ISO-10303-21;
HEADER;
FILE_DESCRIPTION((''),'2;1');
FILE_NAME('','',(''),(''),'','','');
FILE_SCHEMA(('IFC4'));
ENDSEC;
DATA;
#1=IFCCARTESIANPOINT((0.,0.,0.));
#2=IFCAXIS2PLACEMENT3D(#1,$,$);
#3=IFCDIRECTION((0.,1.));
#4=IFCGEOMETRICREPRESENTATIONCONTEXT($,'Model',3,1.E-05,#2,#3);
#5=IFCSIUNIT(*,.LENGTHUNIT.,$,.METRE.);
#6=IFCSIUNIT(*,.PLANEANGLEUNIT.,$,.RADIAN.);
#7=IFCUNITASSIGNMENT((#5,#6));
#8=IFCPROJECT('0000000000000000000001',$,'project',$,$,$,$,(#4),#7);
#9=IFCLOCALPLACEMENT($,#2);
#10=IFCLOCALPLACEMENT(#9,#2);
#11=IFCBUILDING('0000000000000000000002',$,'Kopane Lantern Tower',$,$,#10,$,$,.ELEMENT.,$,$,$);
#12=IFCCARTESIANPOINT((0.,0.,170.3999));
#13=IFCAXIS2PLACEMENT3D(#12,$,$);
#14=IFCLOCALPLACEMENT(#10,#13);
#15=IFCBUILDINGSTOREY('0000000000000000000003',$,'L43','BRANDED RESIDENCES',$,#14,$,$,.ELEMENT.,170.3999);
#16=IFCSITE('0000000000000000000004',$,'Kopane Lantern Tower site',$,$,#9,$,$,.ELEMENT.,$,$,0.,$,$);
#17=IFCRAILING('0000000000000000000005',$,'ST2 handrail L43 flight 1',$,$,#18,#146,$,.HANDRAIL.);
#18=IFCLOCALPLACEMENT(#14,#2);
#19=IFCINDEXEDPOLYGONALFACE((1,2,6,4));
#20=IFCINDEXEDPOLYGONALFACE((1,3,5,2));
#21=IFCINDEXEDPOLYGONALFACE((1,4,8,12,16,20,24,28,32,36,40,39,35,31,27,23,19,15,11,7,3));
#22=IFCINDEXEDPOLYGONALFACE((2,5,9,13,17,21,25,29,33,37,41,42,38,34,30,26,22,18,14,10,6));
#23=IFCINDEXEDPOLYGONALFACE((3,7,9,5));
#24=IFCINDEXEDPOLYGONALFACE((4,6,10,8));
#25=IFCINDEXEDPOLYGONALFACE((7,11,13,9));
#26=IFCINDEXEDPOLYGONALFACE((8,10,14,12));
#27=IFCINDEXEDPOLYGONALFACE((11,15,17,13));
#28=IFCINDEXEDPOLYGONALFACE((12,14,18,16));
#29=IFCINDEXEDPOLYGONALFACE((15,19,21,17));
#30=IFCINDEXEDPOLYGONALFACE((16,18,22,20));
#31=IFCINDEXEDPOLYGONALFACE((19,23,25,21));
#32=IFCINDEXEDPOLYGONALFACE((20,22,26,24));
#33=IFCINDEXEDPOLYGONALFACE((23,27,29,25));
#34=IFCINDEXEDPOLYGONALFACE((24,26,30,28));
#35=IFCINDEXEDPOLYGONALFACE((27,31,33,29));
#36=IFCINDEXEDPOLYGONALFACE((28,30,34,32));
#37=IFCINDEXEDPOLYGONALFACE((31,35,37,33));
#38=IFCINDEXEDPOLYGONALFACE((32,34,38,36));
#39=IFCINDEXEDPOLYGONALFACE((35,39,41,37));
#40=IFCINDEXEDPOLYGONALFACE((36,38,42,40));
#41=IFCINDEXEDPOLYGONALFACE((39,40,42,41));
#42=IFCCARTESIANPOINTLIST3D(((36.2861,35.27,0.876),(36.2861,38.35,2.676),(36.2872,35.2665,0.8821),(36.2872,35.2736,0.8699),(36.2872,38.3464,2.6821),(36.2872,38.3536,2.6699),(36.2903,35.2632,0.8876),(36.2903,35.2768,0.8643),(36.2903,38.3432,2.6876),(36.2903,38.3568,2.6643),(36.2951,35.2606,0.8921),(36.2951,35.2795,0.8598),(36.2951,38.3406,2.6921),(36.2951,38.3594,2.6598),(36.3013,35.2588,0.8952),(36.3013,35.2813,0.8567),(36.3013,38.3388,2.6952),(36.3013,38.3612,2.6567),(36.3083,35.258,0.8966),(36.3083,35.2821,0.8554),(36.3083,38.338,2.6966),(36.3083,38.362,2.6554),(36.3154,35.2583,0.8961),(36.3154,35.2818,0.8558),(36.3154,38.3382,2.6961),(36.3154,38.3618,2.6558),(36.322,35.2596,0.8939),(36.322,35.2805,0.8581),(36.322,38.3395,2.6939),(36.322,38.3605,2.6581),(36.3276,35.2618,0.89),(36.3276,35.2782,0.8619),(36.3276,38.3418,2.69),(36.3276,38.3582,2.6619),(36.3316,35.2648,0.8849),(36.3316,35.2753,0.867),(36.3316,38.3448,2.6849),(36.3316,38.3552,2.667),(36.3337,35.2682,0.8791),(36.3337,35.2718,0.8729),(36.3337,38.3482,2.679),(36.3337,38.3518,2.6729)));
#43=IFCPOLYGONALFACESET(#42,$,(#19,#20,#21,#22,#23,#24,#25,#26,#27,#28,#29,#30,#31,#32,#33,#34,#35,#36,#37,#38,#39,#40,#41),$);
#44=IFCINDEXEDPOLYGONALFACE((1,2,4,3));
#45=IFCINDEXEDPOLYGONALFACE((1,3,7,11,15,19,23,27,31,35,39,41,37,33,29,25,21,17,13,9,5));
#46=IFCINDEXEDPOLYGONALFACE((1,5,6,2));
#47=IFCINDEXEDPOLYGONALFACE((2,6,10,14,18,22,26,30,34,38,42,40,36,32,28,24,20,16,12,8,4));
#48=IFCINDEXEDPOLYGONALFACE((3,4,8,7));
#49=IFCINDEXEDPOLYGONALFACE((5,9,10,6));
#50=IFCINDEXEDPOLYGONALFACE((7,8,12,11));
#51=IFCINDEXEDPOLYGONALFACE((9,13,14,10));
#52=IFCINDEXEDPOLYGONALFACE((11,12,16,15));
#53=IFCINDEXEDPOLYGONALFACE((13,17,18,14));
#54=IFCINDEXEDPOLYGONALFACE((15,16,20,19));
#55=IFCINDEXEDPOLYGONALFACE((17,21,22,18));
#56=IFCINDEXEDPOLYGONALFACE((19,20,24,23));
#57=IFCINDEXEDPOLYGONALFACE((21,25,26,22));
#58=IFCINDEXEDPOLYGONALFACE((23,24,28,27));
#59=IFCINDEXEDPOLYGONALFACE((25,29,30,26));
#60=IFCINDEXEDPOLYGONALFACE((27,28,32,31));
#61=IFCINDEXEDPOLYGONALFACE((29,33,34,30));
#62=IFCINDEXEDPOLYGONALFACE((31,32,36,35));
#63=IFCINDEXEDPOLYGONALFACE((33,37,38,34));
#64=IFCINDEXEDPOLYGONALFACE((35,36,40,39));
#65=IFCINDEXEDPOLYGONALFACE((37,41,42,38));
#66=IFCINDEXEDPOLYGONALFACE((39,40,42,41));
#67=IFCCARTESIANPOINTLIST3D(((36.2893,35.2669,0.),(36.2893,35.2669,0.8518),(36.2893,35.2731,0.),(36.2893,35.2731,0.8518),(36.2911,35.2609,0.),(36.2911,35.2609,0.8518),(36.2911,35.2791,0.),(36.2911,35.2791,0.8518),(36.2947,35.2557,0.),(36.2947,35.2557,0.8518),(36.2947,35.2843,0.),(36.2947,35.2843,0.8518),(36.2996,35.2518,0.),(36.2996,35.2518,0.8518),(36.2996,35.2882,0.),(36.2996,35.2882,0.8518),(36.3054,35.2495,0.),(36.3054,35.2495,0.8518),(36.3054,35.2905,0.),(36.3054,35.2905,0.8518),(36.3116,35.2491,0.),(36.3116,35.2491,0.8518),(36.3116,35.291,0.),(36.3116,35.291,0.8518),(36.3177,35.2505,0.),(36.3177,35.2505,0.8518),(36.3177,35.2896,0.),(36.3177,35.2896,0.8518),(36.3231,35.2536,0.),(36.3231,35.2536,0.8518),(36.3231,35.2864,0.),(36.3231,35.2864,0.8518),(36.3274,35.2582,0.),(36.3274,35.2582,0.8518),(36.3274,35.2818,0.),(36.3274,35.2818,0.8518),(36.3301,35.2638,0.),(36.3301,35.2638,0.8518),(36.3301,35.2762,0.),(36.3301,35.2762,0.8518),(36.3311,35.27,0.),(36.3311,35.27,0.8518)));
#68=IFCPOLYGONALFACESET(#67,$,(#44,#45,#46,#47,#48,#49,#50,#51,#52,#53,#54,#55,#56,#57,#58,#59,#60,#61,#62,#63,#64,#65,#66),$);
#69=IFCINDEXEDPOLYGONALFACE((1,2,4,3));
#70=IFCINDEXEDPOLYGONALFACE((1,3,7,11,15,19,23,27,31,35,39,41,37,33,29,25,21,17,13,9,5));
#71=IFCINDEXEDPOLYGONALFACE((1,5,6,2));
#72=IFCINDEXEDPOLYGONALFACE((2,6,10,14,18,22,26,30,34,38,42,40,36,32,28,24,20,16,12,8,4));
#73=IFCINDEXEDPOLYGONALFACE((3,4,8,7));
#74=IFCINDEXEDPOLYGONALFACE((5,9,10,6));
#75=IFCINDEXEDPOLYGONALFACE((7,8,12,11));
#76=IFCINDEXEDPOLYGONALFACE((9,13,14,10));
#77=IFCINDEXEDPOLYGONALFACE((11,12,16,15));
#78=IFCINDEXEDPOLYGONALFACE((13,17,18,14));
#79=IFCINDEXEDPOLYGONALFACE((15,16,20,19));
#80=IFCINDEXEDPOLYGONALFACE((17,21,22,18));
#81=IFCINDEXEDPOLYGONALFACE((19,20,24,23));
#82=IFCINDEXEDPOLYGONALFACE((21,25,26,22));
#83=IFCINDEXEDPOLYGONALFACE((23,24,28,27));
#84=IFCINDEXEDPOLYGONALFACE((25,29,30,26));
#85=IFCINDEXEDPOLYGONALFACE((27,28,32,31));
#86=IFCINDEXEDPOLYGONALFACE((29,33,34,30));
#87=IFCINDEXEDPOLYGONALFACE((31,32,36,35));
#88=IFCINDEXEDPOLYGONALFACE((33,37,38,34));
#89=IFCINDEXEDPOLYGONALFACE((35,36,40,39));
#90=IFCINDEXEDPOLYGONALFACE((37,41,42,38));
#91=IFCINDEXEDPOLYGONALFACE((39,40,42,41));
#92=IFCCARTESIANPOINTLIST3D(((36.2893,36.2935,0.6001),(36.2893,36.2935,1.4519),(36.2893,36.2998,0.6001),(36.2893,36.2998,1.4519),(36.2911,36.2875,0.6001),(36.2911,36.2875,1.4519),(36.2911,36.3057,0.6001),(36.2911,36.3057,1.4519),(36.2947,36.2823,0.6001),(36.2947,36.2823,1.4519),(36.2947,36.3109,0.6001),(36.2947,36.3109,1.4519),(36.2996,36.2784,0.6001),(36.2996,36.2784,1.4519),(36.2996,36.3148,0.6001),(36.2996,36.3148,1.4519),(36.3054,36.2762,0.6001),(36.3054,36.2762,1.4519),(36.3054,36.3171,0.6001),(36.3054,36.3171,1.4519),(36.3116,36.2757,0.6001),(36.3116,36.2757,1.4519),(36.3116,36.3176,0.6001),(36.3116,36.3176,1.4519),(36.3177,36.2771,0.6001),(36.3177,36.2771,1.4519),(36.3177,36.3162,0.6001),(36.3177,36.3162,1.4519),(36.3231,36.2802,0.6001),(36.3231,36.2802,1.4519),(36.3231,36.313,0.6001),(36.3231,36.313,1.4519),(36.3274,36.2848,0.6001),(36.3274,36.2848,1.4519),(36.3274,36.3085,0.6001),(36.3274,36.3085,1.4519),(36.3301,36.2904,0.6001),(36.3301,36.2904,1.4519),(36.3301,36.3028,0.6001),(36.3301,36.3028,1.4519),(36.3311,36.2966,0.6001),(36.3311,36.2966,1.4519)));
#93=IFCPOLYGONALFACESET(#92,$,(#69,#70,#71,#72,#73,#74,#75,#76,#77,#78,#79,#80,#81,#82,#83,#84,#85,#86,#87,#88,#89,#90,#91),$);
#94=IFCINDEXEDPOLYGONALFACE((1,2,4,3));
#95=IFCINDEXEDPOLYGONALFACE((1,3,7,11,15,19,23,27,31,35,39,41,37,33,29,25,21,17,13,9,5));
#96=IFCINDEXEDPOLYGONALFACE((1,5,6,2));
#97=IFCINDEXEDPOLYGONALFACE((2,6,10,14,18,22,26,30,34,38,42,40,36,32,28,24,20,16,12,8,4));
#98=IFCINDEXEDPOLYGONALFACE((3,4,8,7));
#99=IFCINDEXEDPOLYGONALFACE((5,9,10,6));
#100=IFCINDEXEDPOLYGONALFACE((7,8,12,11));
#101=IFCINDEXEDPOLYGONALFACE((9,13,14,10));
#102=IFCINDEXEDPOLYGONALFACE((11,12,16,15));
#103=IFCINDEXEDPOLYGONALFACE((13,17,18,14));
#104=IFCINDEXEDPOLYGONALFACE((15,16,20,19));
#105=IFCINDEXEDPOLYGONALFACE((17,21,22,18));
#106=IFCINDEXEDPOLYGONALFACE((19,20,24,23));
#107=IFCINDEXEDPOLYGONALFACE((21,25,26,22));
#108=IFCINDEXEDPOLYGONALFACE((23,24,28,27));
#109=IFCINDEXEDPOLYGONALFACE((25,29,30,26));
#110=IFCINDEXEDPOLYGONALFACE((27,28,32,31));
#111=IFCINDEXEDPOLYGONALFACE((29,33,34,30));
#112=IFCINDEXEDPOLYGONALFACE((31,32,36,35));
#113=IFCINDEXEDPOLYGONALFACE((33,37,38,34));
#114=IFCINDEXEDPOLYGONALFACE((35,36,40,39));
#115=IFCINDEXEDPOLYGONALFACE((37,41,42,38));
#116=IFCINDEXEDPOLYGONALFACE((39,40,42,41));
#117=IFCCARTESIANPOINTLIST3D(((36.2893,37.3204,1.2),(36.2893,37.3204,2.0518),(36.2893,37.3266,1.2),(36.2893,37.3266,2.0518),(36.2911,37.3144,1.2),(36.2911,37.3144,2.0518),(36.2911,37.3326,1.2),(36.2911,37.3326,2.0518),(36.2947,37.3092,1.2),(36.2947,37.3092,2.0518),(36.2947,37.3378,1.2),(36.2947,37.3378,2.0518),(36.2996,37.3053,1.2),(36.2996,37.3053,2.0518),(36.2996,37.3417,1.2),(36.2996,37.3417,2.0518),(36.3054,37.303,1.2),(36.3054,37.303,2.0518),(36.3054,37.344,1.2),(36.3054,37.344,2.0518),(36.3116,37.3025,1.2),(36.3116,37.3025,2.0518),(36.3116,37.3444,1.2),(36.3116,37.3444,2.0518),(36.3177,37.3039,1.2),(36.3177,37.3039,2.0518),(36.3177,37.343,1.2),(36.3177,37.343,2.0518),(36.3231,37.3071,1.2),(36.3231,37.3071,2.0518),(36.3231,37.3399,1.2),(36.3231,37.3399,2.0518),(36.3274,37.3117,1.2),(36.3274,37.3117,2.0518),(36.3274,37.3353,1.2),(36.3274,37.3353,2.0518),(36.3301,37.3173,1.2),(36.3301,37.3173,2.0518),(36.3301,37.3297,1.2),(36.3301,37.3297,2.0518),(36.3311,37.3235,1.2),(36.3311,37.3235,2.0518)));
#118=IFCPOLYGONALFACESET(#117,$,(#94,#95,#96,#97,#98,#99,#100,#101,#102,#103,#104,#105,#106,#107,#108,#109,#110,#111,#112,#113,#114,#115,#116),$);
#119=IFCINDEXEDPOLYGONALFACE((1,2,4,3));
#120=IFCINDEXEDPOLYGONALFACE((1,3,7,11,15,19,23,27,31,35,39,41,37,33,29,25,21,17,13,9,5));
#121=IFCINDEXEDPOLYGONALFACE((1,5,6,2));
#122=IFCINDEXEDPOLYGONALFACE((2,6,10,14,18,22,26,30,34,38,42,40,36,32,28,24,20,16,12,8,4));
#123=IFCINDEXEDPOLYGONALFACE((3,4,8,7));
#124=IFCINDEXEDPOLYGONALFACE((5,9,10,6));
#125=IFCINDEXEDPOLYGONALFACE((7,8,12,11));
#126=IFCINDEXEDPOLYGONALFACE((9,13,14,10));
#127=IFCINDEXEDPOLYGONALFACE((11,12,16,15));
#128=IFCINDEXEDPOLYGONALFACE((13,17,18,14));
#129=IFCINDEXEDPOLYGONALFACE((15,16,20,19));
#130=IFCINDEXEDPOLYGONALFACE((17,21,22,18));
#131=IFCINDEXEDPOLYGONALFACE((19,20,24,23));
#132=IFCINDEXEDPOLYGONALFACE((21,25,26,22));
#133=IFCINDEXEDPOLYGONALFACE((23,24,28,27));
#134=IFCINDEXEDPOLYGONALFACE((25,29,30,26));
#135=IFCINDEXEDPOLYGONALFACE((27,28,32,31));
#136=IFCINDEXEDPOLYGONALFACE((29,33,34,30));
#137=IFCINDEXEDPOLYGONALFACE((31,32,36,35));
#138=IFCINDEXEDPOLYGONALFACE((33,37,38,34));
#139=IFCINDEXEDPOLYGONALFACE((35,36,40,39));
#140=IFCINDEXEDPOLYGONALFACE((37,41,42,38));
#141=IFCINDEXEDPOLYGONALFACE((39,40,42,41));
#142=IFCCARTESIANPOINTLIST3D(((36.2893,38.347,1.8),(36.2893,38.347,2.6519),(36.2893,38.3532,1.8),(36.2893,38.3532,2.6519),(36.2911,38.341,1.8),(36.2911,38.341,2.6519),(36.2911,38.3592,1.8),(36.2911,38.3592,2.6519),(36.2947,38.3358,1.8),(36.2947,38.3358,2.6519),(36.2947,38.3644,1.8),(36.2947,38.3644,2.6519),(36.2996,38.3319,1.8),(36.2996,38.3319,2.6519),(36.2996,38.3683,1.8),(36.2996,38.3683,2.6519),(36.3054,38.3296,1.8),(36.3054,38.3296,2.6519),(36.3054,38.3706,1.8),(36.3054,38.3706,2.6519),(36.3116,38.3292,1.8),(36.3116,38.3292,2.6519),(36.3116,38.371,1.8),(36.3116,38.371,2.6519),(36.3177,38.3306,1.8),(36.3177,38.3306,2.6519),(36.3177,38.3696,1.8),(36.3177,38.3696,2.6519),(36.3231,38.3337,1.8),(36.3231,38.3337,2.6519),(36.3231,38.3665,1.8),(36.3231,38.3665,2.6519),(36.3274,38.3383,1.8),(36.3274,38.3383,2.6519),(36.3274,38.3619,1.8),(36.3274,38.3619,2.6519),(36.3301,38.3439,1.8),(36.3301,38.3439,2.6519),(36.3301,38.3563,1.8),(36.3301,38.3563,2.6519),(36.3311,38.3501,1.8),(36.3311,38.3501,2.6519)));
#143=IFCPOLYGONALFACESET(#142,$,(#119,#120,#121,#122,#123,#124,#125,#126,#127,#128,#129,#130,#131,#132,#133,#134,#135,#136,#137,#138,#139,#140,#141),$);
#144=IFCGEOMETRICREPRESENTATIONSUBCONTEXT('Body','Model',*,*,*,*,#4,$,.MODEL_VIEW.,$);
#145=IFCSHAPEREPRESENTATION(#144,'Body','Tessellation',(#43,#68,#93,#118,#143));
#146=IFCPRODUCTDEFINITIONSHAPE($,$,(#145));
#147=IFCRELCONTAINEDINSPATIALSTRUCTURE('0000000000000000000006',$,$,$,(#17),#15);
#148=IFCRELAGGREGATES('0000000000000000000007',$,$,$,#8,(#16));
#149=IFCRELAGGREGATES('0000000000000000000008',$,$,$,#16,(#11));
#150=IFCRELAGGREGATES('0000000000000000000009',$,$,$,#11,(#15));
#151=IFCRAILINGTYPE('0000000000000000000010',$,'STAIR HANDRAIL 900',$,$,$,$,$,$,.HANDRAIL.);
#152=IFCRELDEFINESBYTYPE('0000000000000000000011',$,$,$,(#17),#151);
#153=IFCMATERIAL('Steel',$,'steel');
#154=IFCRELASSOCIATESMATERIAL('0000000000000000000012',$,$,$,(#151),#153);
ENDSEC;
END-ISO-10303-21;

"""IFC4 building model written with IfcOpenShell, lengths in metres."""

from ifc_helpers import new_model, si_unit, direction, frame, origin, origin_2d, place, context, subcontext, project, spatial, circle, extrude, material, type_object, element, save


model = new_model("IFC4")

# Units and contexts
model_context = context("Model", 3, precision=1e-05, world=origin(), true_north=direction((0.0, 1.0)))
body_context = subcontext(model_context, "Body", "Model", "MODEL_VIEW")
ifc_project = project(units=[si_unit("LENGTHUNIT", "METRE"), si_unit("PLANEANGLEUNIT", "RADIAN")], contexts=[model_context])

# Site, building, storey
site_placement = place(None, origin())
site = spatial("IfcSite", under=ifc_project, at=site_placement, Name="Kopane Lantern Tower site", CompositionType="ELEMENT", RefElevation=0.0)
building_placement = place(site_placement, origin())
building = spatial("IfcBuilding", under=site, at=building_placement, Name="Kopane Lantern Tower", CompositionType="ELEMENT")
storey_placement = place(building_placement, frame((0.0, 0.0, 170.3999)))
storey = spatial("IfcBuildingStorey", under=building, at=storey_placement, Name="L43", Description="BRANDED RESIDENCES", CompositionType="ELEMENT", Elevation=170.3999)

# Railing
ifc_material_1 = material(Name="Steel", Category="steel")
railing_type_1 = type_object("IfcRailingType", Name="STAIR HANDRAIL 900", PredefinedType="HANDRAIL", material=ifc_material_1)
for number, where, name in (
    (1, (36.3101, 35.27, 0.0), "ST2 handrail L43 flight 1"),
):
    element("IfcRailing", number, at=place(storey_placement, frame(where)), inside=storey, type_object=railing_type_1, Name=name, PredefinedType="HANDRAIL", context=body_context, shape_type="SweptSolid", body=[
        extrude(circle(Radius=0.0239, at=origin_2d()), frame((0.0, 0.0, 0.876), z_axis=(0.0, 0.863372, 0.504569), x_axis=(-1.0, 0.0, 0.0)), (0.0, 0.0, 1.0), 3.5674),
        extrude(circle(Radius=0.021, at=origin_2d()), origin(), (0.0, 0.0, 1.0), 0.8518),
        extrude(circle(Radius=0.021, at=origin_2d()), frame((0.0, 1.0266, 0.6001)), (0.0, 0.0, 1.0), 0.8518),
        extrude(circle(Radius=0.021, at=origin_2d()), frame((0.0, 2.0535, 1.2)), (0.0, 0.0, 1.0), 0.8518),
        extrude(circle(Radius=0.021, at=origin_2d()), frame((0.0, 3.0801, 1.8)), (0.0, 0.0, 1.0), 0.8518),
    ])

save(model, "model.ifc")
